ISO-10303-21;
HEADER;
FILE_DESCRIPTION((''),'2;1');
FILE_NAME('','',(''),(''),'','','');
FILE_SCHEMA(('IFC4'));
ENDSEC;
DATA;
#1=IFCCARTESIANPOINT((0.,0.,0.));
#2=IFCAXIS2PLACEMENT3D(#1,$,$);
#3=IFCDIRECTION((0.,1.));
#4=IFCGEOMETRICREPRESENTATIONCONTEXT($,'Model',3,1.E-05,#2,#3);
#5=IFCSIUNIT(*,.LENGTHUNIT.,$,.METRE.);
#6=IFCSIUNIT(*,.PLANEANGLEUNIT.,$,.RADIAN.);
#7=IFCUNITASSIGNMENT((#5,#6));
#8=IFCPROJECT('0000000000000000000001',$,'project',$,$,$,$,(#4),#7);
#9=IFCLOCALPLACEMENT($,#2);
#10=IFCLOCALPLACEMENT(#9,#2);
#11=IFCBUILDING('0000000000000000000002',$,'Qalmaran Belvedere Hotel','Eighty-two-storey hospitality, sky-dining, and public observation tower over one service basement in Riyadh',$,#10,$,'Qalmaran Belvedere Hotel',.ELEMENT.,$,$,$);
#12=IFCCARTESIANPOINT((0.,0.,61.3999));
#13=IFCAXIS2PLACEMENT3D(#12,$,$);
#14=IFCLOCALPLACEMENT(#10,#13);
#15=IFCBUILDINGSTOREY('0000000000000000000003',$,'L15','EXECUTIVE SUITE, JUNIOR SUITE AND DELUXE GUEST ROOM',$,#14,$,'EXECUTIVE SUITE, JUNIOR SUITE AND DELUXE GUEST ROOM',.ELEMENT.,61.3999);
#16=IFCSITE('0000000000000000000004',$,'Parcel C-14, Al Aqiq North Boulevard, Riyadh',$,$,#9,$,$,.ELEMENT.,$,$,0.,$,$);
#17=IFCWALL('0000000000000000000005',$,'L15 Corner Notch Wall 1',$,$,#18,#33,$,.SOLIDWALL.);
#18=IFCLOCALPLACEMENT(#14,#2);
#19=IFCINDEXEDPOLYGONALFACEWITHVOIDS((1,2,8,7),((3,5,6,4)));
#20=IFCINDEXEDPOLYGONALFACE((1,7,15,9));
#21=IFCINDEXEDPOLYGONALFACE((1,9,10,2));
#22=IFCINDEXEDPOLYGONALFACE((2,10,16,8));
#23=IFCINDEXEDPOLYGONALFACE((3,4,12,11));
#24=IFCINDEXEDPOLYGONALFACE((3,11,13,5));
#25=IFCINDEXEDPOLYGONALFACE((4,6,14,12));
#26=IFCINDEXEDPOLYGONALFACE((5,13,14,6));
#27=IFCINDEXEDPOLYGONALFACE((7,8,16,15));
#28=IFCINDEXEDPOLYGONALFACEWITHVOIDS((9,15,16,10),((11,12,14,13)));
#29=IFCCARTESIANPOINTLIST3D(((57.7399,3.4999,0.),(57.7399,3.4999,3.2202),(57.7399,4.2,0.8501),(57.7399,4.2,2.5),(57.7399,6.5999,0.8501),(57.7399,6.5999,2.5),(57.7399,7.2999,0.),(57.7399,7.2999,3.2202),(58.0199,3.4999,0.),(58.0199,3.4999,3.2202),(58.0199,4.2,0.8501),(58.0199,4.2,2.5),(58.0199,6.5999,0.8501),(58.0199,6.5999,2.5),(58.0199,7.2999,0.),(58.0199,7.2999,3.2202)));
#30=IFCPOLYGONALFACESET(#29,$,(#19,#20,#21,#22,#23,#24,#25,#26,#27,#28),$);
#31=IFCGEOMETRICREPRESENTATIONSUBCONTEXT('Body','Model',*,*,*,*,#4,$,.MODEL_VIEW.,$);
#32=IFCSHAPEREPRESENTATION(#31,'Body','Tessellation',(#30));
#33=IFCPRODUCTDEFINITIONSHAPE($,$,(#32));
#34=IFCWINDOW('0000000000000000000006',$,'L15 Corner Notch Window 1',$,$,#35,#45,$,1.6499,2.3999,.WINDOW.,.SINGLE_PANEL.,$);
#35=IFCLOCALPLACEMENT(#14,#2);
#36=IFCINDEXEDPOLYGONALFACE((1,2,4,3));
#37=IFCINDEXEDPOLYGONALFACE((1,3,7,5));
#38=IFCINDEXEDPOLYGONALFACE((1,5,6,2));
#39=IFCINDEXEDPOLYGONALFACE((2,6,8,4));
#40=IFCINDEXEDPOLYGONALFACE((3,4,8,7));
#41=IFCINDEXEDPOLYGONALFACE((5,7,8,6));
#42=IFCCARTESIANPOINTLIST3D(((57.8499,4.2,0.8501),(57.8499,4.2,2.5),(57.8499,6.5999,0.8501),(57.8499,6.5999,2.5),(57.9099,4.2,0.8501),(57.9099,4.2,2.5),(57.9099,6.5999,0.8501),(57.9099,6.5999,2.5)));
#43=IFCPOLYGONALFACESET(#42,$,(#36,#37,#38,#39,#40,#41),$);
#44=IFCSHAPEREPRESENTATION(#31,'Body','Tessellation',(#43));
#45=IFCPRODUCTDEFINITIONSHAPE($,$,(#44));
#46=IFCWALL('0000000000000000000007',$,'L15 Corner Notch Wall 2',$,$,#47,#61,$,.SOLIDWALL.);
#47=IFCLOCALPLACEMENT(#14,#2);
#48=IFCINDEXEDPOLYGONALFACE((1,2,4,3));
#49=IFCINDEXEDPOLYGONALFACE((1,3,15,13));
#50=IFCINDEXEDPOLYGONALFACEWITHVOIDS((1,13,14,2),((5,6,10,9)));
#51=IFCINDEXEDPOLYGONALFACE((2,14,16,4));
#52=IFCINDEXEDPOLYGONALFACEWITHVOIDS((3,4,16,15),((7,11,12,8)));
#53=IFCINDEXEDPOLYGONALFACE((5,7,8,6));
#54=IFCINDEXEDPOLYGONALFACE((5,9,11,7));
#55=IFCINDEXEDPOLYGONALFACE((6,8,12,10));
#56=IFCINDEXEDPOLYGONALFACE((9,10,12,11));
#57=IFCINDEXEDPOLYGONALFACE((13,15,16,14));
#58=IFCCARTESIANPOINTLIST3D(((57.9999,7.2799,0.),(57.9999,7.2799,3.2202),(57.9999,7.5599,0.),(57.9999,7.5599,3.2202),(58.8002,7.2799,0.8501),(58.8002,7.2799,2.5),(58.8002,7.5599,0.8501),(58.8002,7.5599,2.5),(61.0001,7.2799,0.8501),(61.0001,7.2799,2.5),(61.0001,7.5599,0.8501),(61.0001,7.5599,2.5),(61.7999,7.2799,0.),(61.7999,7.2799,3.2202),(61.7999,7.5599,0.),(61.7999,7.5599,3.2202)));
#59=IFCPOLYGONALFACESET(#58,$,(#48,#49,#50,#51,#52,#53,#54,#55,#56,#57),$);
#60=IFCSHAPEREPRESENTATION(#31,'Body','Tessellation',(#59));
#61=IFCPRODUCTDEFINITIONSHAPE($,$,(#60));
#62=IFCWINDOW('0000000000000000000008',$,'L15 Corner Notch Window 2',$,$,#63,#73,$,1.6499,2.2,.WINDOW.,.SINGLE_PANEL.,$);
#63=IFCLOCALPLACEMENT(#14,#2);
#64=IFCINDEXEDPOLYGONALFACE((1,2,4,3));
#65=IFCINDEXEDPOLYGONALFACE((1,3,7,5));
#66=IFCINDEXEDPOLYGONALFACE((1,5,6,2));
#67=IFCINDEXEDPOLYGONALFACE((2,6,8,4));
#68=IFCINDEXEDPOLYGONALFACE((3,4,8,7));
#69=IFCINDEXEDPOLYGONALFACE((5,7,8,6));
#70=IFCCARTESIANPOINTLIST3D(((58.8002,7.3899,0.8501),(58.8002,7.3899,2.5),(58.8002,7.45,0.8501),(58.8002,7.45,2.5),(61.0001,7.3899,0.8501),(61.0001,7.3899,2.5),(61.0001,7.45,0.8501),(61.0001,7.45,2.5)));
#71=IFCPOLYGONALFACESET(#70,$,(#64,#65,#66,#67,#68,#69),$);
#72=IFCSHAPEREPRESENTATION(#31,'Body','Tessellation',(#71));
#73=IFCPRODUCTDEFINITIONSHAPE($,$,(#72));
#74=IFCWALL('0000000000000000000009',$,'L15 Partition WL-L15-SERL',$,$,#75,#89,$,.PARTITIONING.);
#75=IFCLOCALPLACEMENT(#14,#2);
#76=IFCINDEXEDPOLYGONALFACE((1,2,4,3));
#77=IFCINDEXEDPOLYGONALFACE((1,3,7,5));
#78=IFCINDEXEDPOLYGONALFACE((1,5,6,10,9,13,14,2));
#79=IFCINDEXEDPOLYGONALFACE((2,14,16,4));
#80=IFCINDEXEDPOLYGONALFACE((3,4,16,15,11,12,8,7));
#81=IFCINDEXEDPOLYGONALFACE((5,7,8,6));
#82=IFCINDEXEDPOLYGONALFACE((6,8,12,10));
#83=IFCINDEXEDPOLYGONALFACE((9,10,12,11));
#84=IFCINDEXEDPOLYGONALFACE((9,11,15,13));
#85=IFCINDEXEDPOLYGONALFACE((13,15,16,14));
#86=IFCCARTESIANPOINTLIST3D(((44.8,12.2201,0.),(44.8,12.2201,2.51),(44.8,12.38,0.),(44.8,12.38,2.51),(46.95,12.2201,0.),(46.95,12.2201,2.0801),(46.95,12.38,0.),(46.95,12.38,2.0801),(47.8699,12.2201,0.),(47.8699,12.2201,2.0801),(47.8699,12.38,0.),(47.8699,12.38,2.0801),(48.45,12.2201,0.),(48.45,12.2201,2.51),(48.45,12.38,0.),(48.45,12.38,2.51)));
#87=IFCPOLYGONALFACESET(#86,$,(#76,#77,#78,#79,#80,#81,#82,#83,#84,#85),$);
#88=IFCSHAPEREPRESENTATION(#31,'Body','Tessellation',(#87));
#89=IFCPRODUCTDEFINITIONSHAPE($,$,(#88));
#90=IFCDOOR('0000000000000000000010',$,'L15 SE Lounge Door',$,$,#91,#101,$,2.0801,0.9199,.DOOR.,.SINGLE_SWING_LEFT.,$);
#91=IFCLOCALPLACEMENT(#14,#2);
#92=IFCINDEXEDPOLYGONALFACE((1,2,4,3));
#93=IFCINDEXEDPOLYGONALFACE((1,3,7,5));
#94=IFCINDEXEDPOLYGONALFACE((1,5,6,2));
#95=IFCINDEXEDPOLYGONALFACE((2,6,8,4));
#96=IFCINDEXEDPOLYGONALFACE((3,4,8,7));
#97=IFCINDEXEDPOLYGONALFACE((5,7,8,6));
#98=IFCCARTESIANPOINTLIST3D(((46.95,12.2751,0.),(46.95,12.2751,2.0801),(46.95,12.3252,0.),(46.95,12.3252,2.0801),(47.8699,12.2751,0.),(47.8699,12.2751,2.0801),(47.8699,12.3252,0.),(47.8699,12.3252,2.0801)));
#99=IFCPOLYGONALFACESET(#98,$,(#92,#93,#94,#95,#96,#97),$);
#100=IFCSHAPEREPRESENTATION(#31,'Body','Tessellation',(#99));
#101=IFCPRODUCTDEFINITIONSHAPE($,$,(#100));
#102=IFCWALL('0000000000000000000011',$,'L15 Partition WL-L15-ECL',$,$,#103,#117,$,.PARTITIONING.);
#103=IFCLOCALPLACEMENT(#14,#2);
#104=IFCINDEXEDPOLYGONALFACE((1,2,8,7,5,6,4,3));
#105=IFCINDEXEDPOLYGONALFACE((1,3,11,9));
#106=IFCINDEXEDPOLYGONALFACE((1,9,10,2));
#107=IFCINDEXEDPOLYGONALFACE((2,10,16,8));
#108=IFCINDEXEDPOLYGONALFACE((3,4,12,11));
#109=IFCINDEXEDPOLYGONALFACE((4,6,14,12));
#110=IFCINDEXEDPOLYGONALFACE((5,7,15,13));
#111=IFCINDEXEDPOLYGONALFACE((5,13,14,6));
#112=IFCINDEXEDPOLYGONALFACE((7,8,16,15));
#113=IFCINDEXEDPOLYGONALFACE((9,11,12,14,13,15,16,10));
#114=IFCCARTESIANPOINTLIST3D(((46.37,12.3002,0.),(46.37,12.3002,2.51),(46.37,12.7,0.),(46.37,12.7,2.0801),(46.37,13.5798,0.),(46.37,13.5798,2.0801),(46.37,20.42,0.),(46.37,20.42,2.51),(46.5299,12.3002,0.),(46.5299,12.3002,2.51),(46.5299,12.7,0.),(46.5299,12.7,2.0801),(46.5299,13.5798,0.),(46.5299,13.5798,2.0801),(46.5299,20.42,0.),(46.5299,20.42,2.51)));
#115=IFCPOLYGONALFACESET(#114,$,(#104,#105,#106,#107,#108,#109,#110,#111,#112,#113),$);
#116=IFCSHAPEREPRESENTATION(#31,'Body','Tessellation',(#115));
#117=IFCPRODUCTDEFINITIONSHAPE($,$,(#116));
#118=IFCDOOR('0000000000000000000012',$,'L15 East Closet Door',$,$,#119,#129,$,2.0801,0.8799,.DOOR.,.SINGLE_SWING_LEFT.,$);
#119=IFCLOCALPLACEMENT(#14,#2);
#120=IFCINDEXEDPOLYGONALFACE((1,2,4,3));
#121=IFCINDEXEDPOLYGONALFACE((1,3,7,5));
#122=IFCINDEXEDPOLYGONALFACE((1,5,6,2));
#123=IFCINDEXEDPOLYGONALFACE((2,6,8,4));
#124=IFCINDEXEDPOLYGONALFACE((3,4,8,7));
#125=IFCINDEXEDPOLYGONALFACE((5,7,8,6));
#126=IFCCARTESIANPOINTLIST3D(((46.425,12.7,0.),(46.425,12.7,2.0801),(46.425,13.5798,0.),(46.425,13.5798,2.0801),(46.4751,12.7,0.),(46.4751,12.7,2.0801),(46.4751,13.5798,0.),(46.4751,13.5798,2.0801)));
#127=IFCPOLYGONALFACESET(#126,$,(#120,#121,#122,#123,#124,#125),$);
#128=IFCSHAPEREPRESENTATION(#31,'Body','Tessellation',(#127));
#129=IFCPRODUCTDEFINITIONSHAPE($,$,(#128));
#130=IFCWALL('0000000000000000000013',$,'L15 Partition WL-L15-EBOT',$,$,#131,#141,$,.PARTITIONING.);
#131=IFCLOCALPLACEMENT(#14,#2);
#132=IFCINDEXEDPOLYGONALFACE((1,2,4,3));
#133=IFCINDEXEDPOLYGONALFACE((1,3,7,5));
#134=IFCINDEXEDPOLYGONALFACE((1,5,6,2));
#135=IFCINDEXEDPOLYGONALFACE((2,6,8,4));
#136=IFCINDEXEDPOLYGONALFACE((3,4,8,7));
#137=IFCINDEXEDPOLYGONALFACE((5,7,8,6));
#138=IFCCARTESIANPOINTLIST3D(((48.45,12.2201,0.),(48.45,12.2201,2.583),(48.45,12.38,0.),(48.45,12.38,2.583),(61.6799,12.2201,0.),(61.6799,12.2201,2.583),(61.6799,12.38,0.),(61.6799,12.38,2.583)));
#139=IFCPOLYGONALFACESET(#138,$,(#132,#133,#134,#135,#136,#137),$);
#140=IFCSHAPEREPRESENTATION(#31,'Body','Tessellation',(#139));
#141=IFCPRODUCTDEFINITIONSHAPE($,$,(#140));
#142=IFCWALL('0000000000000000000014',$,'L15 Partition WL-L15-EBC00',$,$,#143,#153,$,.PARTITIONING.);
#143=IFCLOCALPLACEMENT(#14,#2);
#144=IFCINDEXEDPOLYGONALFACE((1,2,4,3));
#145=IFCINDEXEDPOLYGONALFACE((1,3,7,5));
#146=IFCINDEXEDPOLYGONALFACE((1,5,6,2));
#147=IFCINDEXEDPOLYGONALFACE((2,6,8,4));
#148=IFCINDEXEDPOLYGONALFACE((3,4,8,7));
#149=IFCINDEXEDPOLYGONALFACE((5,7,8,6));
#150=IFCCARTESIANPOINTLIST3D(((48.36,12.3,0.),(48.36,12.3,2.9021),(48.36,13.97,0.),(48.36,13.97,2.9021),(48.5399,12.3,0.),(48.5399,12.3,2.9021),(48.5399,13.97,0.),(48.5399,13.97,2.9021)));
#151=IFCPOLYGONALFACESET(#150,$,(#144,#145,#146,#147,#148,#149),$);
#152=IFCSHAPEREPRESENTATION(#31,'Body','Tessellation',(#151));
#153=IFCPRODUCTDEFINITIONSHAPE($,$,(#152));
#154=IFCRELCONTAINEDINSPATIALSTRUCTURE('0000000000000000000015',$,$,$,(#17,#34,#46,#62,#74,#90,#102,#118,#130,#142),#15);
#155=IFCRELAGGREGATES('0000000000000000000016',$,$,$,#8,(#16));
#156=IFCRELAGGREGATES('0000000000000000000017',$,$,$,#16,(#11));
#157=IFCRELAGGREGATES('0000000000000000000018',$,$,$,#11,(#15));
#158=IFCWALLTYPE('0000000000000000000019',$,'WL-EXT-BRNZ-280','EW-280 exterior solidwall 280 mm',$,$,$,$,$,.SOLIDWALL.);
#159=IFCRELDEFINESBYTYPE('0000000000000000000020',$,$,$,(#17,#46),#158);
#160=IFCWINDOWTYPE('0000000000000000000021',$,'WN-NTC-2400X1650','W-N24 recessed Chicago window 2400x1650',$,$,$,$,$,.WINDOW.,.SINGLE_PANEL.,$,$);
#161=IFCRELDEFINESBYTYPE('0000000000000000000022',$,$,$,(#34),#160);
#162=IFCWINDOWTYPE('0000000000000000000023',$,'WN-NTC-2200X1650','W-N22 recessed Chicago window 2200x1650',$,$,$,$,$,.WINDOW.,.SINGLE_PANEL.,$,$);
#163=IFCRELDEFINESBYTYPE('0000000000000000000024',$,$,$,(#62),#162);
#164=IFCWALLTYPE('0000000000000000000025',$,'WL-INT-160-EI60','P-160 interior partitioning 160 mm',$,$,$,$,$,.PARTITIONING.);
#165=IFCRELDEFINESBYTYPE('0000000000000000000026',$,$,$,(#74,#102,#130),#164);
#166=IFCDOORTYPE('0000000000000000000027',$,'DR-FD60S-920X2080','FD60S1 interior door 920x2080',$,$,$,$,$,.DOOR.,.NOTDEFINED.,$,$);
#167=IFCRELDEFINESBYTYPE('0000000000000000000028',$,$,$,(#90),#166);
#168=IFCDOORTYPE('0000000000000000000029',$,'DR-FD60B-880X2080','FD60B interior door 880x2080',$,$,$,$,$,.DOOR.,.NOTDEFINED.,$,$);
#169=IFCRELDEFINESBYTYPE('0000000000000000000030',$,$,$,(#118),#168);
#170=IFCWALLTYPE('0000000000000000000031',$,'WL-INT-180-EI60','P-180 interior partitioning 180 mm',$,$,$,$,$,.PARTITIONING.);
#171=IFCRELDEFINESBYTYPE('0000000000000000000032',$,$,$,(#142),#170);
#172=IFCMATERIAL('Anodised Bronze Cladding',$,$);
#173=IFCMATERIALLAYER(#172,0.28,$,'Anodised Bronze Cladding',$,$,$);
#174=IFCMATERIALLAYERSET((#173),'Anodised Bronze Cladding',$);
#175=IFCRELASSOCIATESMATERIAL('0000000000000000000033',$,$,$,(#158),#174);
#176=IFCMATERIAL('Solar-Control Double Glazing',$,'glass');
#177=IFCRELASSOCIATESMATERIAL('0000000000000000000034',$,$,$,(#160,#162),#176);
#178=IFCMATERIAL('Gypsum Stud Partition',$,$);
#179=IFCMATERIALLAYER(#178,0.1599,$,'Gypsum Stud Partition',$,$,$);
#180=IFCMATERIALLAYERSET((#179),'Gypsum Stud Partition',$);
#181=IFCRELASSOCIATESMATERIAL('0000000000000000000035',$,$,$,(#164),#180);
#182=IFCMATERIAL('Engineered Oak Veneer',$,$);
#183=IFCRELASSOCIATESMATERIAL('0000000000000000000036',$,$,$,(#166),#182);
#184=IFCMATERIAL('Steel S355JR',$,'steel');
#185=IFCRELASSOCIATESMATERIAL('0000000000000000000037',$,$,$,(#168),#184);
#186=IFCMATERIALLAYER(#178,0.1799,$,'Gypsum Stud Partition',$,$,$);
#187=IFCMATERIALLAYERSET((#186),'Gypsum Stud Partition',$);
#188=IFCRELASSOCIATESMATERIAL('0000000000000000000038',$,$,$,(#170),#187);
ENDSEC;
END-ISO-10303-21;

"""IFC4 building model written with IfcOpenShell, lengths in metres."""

from ifc_helpers import new_model, si_unit, direction, frame, frame_2d, origin, place, context, subcontext, project, spatial, rectangle, extrude, material, layer, layer_set, type_object, element, fill, save


model = new_model("IFC4")

# Units and contexts
model_context = context("Model", 3, precision=1e-05, world=origin(), true_north=direction((0.0, 1.0)))
body_context = subcontext(model_context, "Body", "Model", "MODEL_VIEW")
ifc_project = project(units=[si_unit("LENGTHUNIT", "METRE"), si_unit("PLANEANGLEUNIT", "RADIAN")], contexts=[model_context])

# Site, building, storey
site_placement = place(None, origin())
site = spatial("IfcSite", under=ifc_project, at=site_placement, Name="Parcel C-14, Al Aqiq North Boulevard, Riyadh", CompositionType="ELEMENT", RefElevation=0.0)
building_placement = place(site_placement, origin())
building = spatial("IfcBuilding", under=site, at=building_placement, Name="Qalmaran Belvedere Hotel", Description="Eighty-two-storey hospitality, sky-dining, and public observation tower over one service basement in Riyadh", LongName="Qalmaran Belvedere Hotel", CompositionType="ELEMENT")
storey_placement = place(building_placement, frame((0.0, 0.0, 61.3999)))
storey = spatial("IfcBuildingStorey", under=building, at=storey_placement, Name="L15", Description="EXECUTIVE SUITE, JUNIOR SUITE AND DELUXE GUEST ROOM", LongName="EXECUTIVE SUITE, JUNIOR SUITE AND DELUXE GUEST ROOM", CompositionType="ELEMENT", Elevation=61.3999)

# Shared definitions
ifc_material_1 = material(Name="Steel S355JR", Category="steel")

# Shared definitions
ifc_material_2 = material(Name="Solar-Control Double Glazing", Category="glass")

# Walls, openings, windows
ifc_material_3 = material(Name="Anodised Bronze Cladding")
ifc_layer_1 = layer(ifc_material_3, 0.28, Name="Anodised Bronze Cladding")
ifc_layer_set_1 = layer_set([ifc_layer_1], Name="Anodised Bronze Cladding")
wall_type_1 = type_object("IfcWallType", Name="WL-EXT-BRNZ-280", Description="EW-280 exterior solidwall 280 mm", PredefinedType="SOLIDWALL", material=ifc_layer_set_1)
wall_1_placement = place(storey_placement, frame((57.8799, 3.5, 0.0), z_axis=(0.0, 0.0, 1.0), x_axis=(0.0, 1.0, 0.0)))
wall_1 = element("IfcWall", 1, at=wall_1_placement, inside=storey, type_object=wall_type_1, Name="L15 Corner Notch Wall 1", PredefinedType="SOLIDWALL", context=body_context, shape_type="SweptSolid", body=[
    extrude(rectangle(XDim=3.8, YDim=0.28, at=frame_2d((1.8999, 0.0))), origin(), (0.0, 0.0, 1.0), 3.2202),
])
opening_1_placement = place(wall_1_placement, frame((0.7, 0.0, 0.8501)))
opening_1 = element("IfcOpeningElement", 2, at=opening_1_placement, cuts=wall_1, PredefinedType="OPENING", context=body_context, shape_type="SweptSolid", body=[
    extrude(rectangle(XDim=2.3999, YDim=1.6499, at=frame_2d((1.2, 0.825))), frame((0.0, 0.1499, 0.0), z_axis=(0.0, -1.0, 0.0), x_axis=(1.0, 0.0, 0.0)), (0.0, 0.0, 1.0), 0.3),
])
window_type_1 = type_object("IfcWindowType", Name="WN-NTC-2400X1650", Description="W-N24 recessed Chicago window 2400x1650", PartitioningType="SINGLE_PANEL", PredefinedType="WINDOW", material=ifc_material_2)
window_1_placement = place(opening_1_placement, origin())
window_1 = element("IfcWindow", 3, at=window_1_placement, inside=storey, type_object=window_type_1, Name="L15 Corner Notch Window 1", OverallHeight=1.6499, OverallWidth=2.3999, PartitioningType="SINGLE_PANEL", PredefinedType="WINDOW", context=body_context, shape_type="SweptSolid", body=[
    extrude(rectangle(XDim=2.3999, YDim=1.6499, at=frame_2d((1.2, 0.825))), frame((0.0, 0.03, 0.0), z_axis=(0.0, -1.0, 0.0), x_axis=(1.0, 0.0, 0.0)), (0.0, 0.0, 1.0), 0.0601),
])
fill(opening_1, window_1)
wall_2_placement = place(storey_placement, frame((58.0, 7.4199, 0.0), z_axis=(0.0, 0.0, 1.0), x_axis=(1.0, 0.0, 0.0)))
wall_2 = element("IfcWall", 4, at=wall_2_placement, inside=storey, type_object=wall_type_1, Name="L15 Corner Notch Wall 2", PredefinedType="SOLIDWALL", context=body_context, shape_type="SweptSolid", body=[
    extrude(rectangle(XDim=3.8, YDim=0.28, at=frame_2d((1.8999, 0.0))), origin(), (0.0, 0.0, 1.0), 3.2202),
])
opening_2_placement = place(wall_2_placement, frame((0.8, 0.0, 0.8501)))
opening_2 = element("IfcOpeningElement", 5, at=opening_2_placement, cuts=wall_2, PredefinedType="OPENING", context=body_context, shape_type="SweptSolid", body=[
    extrude(rectangle(XDim=2.2, YDim=1.6499, at=frame_2d((1.1001, 0.825))), frame((0.0, 0.1499, 0.0), z_axis=(0.0, -1.0, 0.0), x_axis=(1.0, 0.0, 0.0)), (0.0, 0.0, 1.0), 0.3),
])
window_type_2 = type_object("IfcWindowType", Name="WN-NTC-2200X1650", Description="W-N22 recessed Chicago window 2200x1650", PartitioningType="SINGLE_PANEL", PredefinedType="WINDOW", material=ifc_material_2)
window_2_placement = place(opening_2_placement, origin())
window_2 = element("IfcWindow", 6, at=window_2_placement, inside=storey, type_object=window_type_2, Name="L15 Corner Notch Window 2", OverallHeight=1.6499, OverallWidth=2.2, PartitioningType="SINGLE_PANEL", PredefinedType="WINDOW", context=body_context, shape_type="SweptSolid", body=[
    extrude(rectangle(XDim=2.2, YDim=1.6499, at=frame_2d((1.1001, 0.825))), frame((0.0, 0.03, 0.0), z_axis=(0.0, -1.0, 0.0), x_axis=(1.0, 0.0, 0.0)), (0.0, 0.0, 1.0), 0.0601),
])
fill(opening_2, window_2)

# Walls, openings, doors
ifc_material_4 = material(Name="Gypsum Stud Partition")
ifc_layer_2 = layer(ifc_material_4, 0.1599, Name="Gypsum Stud Partition")
ifc_layer_set_2 = layer_set([ifc_layer_2], Name="Gypsum Stud Partition")
wall_type_2 = type_object("IfcWallType", Name="WL-INT-160-EI60", Description="P-160 interior partitioning 160 mm", PredefinedType="PARTITIONING", material=ifc_layer_set_2)
wall_3_placement = place(storey_placement, frame((44.8, 12.3, 0.0), z_axis=(0.0, 0.0, 1.0), x_axis=(1.0, 0.0, 0.0)))
wall_3 = element("IfcWall", 7, at=wall_3_placement, inside=storey, type_object=wall_type_2, Name="L15 Partition WL-L15-SERL", PredefinedType="PARTITIONING", context=body_context, shape_type="SweptSolid", body=[
    extrude(rectangle(XDim=3.6499, YDim=0.1599, at=frame_2d((1.825, 0.0))), origin(), (0.0, 0.0, 1.0), 2.51),
])
opening_3_placement = place(wall_3_placement, frame((3.0698, 0.0, 0.0), z_axis=(0.0, 0.0, 1.0), x_axis=(-1.0, 0.0, 0.0)))
opening_3 = element("IfcOpeningElement", 8, at=opening_3_placement, cuts=wall_3, PredefinedType="OPENING", context=body_context, shape_type="SweptSolid", body=[
    extrude(rectangle(XDim=0.9199, YDim=2.0801, at=frame_2d((0.46, 1.04))), frame((0.0, 0.0898, 0.0), z_axis=(0.0, -1.0, 0.0), x_axis=(1.0, 0.0, 0.0)), (0.0, 0.0, 1.0), 0.1799),
])
ifc_material_5 = material(Name="Engineered Oak Veneer")
door_type_1 = type_object("IfcDoorType", Name="DR-FD60S-920X2080", Description="FD60S1 interior door 920x2080", OperationType="NOTDEFINED", PredefinedType="DOOR", material=ifc_material_5)
door_1_placement = place(opening_3_placement, origin())
door_1 = element("IfcDoor", 9, at=door_1_placement, inside=storey, type_object=door_type_1, Name="L15 SE Lounge Door", OperationType="SINGLE_SWING_LEFT", OverallHeight=2.0801, OverallWidth=0.9199, PredefinedType="DOOR", context=body_context, shape_type="SweptSolid", body=[
    extrude(rectangle(XDim=0.9199, YDim=2.0801, at=frame_2d((0.46, 1.04))), frame((0.0, 0.0249, 0.0), z_axis=(0.0, -1.0, 0.0), x_axis=(1.0, 0.0, 0.0)), (0.0, 0.0, 1.0), 0.05),
])
fill(opening_3, door_1)
wall_4_placement = place(storey_placement, frame((46.45, 12.3, 0.0), z_axis=(0.0, 0.0, 1.0), x_axis=(0.0, 1.0, 0.0)))
wall_4 = element("IfcWall", 10, at=wall_4_placement, inside=storey, type_object=wall_type_2, Name="L15 Partition WL-L15-ECL", PredefinedType="PARTITIONING", context=body_context, shape_type="SweptSolid", body=[
    extrude(rectangle(XDim=8.1199, YDim=0.1599, at=frame_2d((4.0601, 0.0))), origin(), (0.0, 0.0, 1.0), 2.51),
])
opening_4_placement = place(wall_4_placement, frame((0.3999, 0.0, 0.0)))
opening_4 = element("IfcOpeningElement", 11, at=opening_4_placement, cuts=wall_4, PredefinedType="OPENING", context=body_context, shape_type="SweptSolid", body=[
    extrude(rectangle(XDim=0.8799, YDim=2.0801, at=frame_2d((0.4399, 1.04))), frame((0.0, 0.0898, 0.0), z_axis=(0.0, -1.0, 0.0), x_axis=(1.0, 0.0, 0.0)), (0.0, 0.0, 1.0), 0.1799),
])
door_type_2 = type_object("IfcDoorType", Name="DR-FD60B-880X2080", Description="FD60B interior door 880x2080", OperationType="NOTDEFINED", PredefinedType="DOOR", material=ifc_material_1)
door_2_placement = place(opening_4_placement, origin())
door_2 = element("IfcDoor", 12, at=door_2_placement, inside=storey, type_object=door_type_2, Name="L15 East Closet Door", OperationType="SINGLE_SWING_LEFT", OverallHeight=2.0801, OverallWidth=0.8799, PredefinedType="DOOR", context=body_context, shape_type="SweptSolid", body=[
    extrude(rectangle(XDim=0.8799, YDim=2.0801, at=frame_2d((0.4399, 1.04))), frame((0.0, 0.0249, 0.0), z_axis=(0.0, -1.0, 0.0), x_axis=(1.0, 0.0, 0.0)), (0.0, 0.0, 1.0), 0.05),
])
fill(opening_4, door_2)

# Walls
wall_5_placement = place(storey_placement, frame((48.45, 12.3, 0.0), z_axis=(0.0, 0.0, 1.0), x_axis=(1.0, 0.0, 0.0)))
element("IfcWall", 13, at=wall_5_placement, inside=storey, type_object=wall_type_2, Name="L15 Partition WL-L15-EBOT", PredefinedType="PARTITIONING", context=body_context, shape_type="SweptSolid", body=[
    extrude(rectangle(XDim=13.23, YDim=0.1599, at=frame_2d((6.615, 0.0))), origin(), (0.0, 0.0, 1.0), 2.583),
])
ifc_layer_3 = layer(ifc_material_4, 0.1799, Name="Gypsum Stud Partition")
ifc_layer_set_3 = layer_set([ifc_layer_3], Name="Gypsum Stud Partition")
wall_type_3 = type_object("IfcWallType", Name="WL-INT-180-EI60", Description="P-180 interior partitioning 180 mm", PredefinedType="PARTITIONING", material=ifc_layer_set_3)
wall_6_placement = place(storey_placement, frame((48.45, 12.3, 0.0), z_axis=(0.0, 0.0, 1.0), x_axis=(0.0, 1.0, 0.0)))
element("IfcWall", 14, at=wall_6_placement, inside=storey, type_object=wall_type_3, Name="L15 Partition WL-L15-EBC00", PredefinedType="PARTITIONING", context=body_context, shape_type="SweptSolid", body=[
    extrude(rectangle(XDim=1.6699, YDim=0.1799, at=frame_2d((0.835, 0.0))), origin(), (0.0, 0.0, 1.0), 2.9021),
])

save(model, "model.ifc")
